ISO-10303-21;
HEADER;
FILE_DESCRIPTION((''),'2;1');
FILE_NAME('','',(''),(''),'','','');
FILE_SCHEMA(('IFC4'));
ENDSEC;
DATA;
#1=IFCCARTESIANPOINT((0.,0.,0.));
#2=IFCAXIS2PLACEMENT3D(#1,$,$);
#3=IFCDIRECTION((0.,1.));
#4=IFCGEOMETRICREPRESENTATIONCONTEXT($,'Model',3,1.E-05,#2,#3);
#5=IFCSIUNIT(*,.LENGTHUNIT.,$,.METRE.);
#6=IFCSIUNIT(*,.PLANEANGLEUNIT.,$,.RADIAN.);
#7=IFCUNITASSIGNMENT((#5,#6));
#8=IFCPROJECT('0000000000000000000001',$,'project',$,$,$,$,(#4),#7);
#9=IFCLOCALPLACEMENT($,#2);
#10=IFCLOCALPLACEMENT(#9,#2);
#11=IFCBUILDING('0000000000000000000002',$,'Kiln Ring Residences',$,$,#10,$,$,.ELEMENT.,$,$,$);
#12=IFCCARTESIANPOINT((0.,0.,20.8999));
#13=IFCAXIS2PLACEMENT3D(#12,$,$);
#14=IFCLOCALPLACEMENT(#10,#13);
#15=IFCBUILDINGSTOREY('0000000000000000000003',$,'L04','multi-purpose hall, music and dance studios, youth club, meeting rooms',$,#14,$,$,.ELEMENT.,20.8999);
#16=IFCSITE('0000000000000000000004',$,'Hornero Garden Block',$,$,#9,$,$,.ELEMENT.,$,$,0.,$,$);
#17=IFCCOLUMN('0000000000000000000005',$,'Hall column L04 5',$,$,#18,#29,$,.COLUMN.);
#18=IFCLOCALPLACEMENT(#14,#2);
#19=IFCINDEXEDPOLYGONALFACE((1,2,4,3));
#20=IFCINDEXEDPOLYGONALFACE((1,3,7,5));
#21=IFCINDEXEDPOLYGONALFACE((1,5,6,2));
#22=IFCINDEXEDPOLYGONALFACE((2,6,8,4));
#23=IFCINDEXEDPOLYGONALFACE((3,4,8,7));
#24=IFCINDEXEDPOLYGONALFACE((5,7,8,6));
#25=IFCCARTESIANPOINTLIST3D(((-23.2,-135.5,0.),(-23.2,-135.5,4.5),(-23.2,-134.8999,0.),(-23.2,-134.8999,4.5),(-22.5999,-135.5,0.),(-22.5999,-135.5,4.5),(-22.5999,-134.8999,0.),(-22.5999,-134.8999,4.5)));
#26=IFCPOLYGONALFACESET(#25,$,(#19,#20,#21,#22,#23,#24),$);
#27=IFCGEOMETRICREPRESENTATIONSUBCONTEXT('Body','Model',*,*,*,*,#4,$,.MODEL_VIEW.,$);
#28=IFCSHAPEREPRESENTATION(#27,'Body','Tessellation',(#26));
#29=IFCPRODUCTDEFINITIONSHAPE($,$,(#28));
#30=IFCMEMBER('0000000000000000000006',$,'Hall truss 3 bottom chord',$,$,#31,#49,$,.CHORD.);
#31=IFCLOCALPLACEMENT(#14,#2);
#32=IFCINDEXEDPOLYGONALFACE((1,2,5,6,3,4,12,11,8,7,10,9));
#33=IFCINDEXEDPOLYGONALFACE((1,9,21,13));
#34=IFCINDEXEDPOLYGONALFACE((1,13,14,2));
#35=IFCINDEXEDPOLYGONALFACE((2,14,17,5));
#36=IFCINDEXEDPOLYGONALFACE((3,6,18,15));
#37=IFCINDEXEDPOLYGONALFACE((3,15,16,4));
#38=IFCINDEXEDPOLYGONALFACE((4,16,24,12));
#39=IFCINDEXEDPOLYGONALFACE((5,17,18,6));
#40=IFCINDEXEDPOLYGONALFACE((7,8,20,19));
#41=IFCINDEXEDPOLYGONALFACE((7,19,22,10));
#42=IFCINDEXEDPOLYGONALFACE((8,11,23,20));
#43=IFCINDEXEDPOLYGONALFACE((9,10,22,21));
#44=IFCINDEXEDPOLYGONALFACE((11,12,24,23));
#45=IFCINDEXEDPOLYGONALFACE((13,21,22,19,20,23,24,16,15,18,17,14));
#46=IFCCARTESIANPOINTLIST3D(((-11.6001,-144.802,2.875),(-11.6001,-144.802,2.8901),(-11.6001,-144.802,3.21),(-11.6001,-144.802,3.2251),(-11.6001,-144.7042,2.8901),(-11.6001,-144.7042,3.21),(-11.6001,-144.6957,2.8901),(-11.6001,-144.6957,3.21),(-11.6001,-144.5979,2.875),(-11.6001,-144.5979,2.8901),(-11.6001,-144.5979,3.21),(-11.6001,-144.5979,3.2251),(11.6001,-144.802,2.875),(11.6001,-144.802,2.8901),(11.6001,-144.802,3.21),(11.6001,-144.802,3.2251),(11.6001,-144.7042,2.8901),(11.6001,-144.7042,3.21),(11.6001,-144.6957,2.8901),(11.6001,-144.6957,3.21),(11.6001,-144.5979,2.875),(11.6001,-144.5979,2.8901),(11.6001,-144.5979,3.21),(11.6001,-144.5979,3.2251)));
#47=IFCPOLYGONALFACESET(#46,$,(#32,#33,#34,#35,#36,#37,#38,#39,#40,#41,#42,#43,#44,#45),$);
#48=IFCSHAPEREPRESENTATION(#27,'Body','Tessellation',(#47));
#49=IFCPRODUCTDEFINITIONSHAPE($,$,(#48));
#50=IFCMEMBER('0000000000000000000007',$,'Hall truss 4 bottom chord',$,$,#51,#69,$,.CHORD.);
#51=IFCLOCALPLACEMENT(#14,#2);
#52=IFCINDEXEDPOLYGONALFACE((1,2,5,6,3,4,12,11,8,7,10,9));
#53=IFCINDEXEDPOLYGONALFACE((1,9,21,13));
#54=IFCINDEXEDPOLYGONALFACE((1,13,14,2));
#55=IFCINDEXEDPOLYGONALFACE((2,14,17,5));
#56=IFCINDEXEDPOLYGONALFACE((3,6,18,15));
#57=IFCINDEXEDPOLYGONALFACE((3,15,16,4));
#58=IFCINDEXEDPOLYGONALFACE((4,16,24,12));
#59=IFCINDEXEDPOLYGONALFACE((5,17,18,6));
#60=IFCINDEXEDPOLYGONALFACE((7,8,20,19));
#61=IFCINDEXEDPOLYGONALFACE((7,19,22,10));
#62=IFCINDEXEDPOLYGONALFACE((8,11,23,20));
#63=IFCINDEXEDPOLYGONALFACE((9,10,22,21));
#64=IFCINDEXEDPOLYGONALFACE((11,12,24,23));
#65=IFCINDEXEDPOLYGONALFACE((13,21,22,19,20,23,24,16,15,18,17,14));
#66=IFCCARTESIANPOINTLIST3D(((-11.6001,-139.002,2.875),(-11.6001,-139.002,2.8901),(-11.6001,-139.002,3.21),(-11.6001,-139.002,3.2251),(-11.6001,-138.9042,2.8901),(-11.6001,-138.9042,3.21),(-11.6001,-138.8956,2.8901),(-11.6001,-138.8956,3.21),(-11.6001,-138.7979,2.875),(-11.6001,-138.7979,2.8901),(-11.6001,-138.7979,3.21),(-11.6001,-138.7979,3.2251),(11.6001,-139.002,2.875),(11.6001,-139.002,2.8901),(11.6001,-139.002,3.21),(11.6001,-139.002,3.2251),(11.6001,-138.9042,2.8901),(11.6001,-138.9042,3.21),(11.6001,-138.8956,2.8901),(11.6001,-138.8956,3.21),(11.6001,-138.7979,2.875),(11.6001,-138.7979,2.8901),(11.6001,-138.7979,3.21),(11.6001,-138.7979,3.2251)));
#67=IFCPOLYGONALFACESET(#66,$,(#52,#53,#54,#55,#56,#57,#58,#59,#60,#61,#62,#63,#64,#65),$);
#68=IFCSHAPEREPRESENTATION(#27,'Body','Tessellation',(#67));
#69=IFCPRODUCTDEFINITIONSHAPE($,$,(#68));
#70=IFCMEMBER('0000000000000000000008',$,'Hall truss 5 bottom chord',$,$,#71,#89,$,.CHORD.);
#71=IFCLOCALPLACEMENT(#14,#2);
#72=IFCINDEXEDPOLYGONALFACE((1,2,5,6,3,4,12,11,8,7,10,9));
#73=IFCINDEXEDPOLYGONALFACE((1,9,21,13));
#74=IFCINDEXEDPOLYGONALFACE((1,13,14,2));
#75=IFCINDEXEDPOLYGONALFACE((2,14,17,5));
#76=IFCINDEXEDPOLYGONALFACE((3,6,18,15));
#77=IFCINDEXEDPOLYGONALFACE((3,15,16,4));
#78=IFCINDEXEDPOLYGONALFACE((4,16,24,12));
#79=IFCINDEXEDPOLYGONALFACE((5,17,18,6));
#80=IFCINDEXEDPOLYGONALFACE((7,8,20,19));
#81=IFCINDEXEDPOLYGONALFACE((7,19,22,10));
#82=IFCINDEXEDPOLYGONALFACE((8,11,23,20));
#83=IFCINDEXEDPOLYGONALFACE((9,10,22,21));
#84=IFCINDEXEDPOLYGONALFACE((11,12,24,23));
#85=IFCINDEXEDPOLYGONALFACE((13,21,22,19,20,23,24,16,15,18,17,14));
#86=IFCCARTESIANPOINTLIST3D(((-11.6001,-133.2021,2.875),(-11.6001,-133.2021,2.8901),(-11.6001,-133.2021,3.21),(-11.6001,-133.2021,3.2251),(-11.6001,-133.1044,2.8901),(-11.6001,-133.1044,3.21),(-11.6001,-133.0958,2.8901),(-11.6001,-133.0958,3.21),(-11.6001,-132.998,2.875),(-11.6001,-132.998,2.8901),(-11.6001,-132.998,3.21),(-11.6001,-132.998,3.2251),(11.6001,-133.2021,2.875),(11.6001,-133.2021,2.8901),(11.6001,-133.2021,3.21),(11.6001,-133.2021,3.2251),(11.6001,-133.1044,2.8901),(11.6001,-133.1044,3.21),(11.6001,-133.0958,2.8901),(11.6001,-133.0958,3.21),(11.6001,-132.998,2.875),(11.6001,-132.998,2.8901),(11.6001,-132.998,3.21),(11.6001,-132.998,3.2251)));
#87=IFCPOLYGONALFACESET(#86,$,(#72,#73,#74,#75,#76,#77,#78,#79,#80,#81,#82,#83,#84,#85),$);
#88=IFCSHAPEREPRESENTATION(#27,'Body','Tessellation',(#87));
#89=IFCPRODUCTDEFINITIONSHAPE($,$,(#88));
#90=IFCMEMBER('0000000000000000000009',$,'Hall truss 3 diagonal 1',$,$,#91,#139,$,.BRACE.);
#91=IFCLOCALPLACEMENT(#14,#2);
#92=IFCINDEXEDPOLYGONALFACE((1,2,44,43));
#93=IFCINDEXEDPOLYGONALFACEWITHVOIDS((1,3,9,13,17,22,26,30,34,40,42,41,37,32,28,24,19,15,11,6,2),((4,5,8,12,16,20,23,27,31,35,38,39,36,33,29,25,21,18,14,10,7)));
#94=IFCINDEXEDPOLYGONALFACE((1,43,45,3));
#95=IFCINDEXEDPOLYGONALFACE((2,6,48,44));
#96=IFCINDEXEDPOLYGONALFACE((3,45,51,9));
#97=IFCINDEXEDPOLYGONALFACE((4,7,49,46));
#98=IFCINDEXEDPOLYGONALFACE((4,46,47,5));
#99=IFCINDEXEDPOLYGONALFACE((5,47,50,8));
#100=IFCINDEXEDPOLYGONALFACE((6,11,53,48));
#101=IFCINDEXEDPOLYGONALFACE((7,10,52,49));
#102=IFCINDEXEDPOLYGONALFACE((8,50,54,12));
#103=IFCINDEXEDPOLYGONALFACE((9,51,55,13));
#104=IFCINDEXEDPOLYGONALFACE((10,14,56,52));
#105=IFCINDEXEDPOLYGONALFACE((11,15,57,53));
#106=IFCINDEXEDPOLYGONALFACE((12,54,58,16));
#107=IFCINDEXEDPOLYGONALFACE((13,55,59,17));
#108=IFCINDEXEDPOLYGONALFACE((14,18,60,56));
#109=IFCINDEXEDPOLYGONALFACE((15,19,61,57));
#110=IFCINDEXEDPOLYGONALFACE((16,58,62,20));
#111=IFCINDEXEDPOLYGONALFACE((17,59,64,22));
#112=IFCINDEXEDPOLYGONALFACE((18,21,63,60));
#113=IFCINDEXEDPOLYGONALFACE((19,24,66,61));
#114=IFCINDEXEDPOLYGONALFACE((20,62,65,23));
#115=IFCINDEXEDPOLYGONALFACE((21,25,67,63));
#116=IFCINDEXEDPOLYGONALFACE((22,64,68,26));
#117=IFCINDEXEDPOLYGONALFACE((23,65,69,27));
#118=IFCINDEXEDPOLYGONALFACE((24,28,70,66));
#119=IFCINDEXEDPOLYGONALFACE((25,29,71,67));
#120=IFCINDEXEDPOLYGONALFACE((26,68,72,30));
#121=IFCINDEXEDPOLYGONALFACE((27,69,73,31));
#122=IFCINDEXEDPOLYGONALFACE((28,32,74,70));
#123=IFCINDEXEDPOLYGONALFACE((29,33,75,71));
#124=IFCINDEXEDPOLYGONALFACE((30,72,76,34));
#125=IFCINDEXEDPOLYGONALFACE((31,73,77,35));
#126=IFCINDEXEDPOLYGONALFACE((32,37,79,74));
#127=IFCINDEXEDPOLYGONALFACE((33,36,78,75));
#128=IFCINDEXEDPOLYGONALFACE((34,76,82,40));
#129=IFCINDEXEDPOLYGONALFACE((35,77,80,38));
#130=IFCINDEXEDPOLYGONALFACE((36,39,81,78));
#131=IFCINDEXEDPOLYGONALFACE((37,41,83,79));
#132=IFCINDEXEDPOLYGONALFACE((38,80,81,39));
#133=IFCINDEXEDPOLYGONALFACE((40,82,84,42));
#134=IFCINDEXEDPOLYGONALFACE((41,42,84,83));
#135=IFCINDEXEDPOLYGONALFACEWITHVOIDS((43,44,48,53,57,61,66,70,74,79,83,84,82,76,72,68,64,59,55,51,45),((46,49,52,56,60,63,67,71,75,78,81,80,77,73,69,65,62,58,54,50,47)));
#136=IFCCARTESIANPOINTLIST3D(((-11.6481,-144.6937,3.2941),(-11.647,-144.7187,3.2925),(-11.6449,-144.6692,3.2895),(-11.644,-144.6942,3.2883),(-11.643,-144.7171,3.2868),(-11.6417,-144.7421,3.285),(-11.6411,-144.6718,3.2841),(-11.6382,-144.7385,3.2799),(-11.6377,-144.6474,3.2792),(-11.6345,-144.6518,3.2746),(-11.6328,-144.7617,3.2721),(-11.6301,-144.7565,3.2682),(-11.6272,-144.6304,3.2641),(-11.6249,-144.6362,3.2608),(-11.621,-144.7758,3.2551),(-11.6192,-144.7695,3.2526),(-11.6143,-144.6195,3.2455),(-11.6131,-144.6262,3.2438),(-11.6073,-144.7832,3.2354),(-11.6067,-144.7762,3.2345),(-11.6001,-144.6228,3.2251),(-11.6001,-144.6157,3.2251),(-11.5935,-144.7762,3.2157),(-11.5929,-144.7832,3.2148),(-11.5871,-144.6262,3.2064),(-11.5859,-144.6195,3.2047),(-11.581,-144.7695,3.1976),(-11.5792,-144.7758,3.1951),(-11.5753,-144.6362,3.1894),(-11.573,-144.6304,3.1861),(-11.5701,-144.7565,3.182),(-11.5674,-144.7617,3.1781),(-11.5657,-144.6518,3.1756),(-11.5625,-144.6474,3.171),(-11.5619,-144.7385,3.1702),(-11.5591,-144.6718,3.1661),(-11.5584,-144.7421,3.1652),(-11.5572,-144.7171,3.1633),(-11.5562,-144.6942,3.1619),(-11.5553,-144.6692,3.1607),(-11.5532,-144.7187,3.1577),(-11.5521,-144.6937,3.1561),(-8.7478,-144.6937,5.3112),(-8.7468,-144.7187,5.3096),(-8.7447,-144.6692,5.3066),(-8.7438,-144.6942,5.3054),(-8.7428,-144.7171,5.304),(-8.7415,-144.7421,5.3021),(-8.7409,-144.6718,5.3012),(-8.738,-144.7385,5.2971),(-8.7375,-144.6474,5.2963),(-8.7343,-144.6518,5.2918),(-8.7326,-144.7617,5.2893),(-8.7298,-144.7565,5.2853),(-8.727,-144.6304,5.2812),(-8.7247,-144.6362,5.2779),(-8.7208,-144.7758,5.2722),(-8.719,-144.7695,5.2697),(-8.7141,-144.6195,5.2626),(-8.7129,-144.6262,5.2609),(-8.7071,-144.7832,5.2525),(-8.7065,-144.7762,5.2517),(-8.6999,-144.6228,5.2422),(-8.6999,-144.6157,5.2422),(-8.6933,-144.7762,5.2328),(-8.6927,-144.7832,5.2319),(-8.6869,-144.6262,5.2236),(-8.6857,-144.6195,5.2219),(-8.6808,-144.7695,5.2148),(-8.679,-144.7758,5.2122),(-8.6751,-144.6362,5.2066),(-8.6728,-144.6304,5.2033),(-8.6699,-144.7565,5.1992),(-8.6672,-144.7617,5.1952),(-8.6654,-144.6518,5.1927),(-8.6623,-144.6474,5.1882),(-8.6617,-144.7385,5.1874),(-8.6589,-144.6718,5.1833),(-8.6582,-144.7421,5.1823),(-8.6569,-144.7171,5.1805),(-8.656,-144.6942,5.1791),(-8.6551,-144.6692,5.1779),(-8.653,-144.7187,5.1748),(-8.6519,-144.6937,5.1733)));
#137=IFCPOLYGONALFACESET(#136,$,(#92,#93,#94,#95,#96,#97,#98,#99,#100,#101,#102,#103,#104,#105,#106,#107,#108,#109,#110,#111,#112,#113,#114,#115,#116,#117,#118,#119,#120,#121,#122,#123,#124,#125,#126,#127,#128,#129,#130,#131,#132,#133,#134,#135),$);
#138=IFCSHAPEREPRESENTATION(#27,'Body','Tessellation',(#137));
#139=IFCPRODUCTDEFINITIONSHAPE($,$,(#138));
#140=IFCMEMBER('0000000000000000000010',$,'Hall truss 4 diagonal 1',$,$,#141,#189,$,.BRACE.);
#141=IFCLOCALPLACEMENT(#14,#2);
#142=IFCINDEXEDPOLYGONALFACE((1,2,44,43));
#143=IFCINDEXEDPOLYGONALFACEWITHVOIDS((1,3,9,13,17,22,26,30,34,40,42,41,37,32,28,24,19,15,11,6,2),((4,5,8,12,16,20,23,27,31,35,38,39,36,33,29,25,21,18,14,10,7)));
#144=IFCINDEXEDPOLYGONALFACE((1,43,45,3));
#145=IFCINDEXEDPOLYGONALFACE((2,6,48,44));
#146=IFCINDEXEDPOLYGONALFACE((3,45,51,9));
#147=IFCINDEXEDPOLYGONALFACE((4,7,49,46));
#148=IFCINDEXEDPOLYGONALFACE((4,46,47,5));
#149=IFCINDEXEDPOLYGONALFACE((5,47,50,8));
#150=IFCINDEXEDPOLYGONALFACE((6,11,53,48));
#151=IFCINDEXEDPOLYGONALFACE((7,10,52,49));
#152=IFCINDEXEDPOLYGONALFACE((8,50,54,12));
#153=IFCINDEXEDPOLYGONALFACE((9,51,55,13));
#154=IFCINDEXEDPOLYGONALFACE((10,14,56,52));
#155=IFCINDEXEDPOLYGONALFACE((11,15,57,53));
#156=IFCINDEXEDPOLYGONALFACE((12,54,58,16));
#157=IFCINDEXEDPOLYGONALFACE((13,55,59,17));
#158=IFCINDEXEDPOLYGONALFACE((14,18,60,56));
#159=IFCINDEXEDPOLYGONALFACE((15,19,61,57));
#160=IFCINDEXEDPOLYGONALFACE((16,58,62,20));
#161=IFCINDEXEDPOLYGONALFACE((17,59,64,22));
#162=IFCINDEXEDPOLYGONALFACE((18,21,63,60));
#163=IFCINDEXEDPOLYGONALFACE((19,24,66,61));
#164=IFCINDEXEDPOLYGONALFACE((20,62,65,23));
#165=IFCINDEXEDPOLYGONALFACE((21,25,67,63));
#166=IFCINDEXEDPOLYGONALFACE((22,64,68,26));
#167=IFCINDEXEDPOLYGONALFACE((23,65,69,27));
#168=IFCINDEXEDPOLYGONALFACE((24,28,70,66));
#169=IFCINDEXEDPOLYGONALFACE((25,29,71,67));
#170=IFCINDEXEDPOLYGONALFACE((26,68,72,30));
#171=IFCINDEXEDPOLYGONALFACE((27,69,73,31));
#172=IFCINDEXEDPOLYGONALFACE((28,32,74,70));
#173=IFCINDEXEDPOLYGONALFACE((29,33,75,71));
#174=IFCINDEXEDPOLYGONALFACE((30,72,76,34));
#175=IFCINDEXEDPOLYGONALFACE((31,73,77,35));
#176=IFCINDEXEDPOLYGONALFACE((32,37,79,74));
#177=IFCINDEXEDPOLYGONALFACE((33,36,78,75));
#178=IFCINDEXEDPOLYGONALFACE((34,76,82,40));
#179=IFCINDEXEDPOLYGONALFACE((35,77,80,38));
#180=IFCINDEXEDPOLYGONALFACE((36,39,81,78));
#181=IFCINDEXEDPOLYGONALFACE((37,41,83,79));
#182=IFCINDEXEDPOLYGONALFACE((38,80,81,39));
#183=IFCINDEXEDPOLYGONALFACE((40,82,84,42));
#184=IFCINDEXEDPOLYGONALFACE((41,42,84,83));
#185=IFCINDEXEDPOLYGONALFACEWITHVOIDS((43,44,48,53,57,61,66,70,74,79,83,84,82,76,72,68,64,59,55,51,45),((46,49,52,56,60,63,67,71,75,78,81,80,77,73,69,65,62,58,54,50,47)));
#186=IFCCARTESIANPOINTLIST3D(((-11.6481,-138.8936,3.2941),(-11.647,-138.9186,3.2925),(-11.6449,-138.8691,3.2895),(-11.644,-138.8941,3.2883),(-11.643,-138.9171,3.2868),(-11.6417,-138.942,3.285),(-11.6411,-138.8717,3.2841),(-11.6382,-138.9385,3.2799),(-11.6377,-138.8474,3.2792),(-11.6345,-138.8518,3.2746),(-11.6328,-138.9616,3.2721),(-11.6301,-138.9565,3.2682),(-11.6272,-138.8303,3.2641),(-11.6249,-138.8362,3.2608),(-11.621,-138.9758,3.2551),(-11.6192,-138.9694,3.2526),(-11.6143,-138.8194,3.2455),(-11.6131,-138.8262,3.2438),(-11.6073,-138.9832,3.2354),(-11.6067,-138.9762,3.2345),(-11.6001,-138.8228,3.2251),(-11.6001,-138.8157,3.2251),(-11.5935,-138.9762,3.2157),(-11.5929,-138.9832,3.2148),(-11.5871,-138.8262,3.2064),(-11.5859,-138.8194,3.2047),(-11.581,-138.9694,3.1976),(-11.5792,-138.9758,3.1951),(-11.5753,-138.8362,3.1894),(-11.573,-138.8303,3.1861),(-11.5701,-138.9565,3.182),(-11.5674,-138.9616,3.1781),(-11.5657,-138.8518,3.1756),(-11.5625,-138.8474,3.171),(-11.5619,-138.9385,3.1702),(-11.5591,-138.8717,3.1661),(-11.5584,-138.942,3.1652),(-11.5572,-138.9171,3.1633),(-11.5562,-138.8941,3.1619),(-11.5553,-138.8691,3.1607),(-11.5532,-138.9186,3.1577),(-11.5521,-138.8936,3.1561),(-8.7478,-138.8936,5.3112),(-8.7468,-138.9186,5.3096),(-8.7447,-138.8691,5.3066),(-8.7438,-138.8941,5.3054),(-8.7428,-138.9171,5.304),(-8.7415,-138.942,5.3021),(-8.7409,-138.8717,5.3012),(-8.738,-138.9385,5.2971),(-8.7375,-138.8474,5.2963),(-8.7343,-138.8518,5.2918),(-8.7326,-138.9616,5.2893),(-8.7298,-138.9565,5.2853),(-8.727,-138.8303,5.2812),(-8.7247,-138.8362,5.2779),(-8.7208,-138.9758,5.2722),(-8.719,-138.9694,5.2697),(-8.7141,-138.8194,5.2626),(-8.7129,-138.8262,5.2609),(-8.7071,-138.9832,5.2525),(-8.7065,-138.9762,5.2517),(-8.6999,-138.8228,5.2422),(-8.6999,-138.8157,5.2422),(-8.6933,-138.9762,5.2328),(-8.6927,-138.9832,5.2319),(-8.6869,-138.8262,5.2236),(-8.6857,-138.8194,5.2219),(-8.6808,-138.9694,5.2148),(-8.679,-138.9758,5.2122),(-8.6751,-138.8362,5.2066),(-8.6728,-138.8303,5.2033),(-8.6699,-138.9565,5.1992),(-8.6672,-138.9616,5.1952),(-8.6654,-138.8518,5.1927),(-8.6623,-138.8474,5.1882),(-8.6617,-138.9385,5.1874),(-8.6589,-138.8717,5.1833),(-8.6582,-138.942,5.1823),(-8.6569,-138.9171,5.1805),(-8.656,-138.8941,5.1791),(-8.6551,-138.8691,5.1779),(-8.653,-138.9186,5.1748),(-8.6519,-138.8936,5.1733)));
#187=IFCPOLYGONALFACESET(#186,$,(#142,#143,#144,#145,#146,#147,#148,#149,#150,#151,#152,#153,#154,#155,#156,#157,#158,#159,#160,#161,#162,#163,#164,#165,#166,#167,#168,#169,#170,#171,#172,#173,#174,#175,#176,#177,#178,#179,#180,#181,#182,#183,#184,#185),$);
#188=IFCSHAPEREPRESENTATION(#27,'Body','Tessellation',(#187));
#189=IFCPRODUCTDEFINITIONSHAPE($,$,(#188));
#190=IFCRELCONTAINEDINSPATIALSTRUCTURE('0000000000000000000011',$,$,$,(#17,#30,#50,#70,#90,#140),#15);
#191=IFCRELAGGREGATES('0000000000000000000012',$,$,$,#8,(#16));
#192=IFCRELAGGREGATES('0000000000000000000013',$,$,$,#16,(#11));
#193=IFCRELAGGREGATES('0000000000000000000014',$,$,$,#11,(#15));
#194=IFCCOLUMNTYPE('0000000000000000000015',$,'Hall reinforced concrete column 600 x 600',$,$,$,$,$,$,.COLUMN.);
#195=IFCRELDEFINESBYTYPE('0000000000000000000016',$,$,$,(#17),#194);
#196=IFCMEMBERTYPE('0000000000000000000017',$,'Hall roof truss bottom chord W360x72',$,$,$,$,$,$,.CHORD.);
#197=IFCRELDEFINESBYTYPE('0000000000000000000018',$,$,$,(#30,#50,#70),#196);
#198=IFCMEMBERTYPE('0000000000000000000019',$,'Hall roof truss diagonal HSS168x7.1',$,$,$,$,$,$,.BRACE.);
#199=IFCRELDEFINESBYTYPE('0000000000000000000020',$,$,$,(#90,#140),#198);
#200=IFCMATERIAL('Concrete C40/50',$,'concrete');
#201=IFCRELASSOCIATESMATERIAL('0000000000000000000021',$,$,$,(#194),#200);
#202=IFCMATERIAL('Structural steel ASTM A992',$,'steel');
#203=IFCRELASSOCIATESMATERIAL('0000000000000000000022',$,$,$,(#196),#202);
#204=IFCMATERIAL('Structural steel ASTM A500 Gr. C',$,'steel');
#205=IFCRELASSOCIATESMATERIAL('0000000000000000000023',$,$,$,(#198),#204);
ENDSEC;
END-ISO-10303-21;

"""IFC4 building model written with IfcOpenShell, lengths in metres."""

from ifc_helpers import new_model, si_unit, direction, frame, origin, origin_2d, place, context, subcontext, project, spatial, rectangle, hollow_circle, i_section, extrude, material, material_profile, profile_set, type_object, element, save


model = new_model("IFC4")

# Units and contexts
model_context = context("Model", 3, precision=1e-05, world=origin(), true_north=direction((0.0, 1.0)))
body_context = subcontext(model_context, "Body", "Model", "MODEL_VIEW")
ifc_project = project(units=[si_unit("LENGTHUNIT", "METRE"), si_unit("PLANEANGLEUNIT", "RADIAN")], contexts=[model_context])

# Site, building, storey
site_placement = place(None, origin())
site = spatial("IfcSite", under=ifc_project, at=site_placement, Name="Hornero Garden Block", CompositionType="ELEMENT", RefElevation=0.0)
building_placement = place(site_placement, origin())
building = spatial("IfcBuilding", under=site, at=building_placement, Name="Kiln Ring Residences", CompositionType="ELEMENT")
storey_placement = place(building_placement, frame((0.0, 0.0, 20.8999)))
storey = spatial("IfcBuildingStorey", under=building, at=storey_placement, Name="L04", Description="multi-purpose hall, music and dance studios, youth club, meeting rooms", CompositionType="ELEMENT", Elevation=20.8999)

# Column
ifc_material_1 = material(Name="Concrete C40/50", Category="concrete")
ifc_material_profile_1 = material_profile(ifc_material_1, rectangle(XDim=0.6001, YDim=0.6001, at=origin_2d()), Name="Hall reinforced concrete column 600 x 600")
ifc_profile_set_1 = profile_set([ifc_material_profile_1], Name="Concrete C40/50")
column_type = type_object("IfcColumnType", Name="Hall reinforced concrete column 600 x 600", PredefinedType="COLUMN", material=ifc_profile_set_1)
column_placement = place(storey_placement, frame((-22.8999, -135.2, 0.0), z_axis=(0.0, 0.0, 1.0), x_axis=(1.0, 0.0, 0.0)))
element("IfcColumn", 1, at=column_placement, inside=storey, type_object=column_type, Name="Hall column L04 5", PredefinedType="COLUMN", context=body_context, shape_type="SweptSolid", body=[
    extrude(rectangle(XDim=0.6001, YDim=0.6001, at=origin_2d()), origin(), (0.0, 0.0, 1.0), 4.5),
])

# Members
ifc_material_2 = material(Name="Structural steel ASTM A992", Category="steel")
ifc_material_profile_2 = material_profile(ifc_material_2, i_section(OverallWidth=0.2041, OverallDepth=0.3501, WebThickness=0.0085, FlangeThickness=0.0151, at=origin_2d()), Name="W360x72")
ifc_profile_set_2 = profile_set([ifc_material_profile_2], Name="Structural steel ASTM A992")
member_type_1 = type_object("IfcMemberType", Name="Hall roof truss bottom chord W360x72", PredefinedType="CHORD", material=ifc_profile_set_2)
for number, where, z_axis, x_axis, name in (
    (2, (-11.6001, -144.7, 3.05), (1.0, 0.0, 0.0), (0.0, 1.0, 0.0), "Hall truss 3 bottom chord"),
    (3, (-11.6001, -138.8999, 3.05), (1.0, 0.0, 0.0), (0.0, 1.0, 0.0), "Hall truss 4 bottom chord"),
    (4, (-11.6001, -133.1001, 3.05), (1.0, 0.0, 0.0), (0.0, 1.0, 0.0), "Hall truss 5 bottom chord"),
):
    element("IfcMember", number, at=place(storey_placement, frame(where, z_axis=z_axis, x_axis=x_axis)), inside=storey, type_object=member_type_1, Name=name, PredefinedType="CHORD", context=body_context, shape_type="SweptSolid", body=[
        extrude(i_section(OverallWidth=0.2041, OverallDepth=0.3501, WebThickness=0.0085, FlangeThickness=0.0151, at=origin_2d()), origin(), (0.0, 0.0, 1.0), 23.2002),
    ])
ifc_material_3 = material(Name="Structural steel ASTM A500 Gr. C", Category="steel")
ifc_material_profile_3 = material_profile(ifc_material_3, hollow_circle(Radius=0.0842, WallThickness=0.0071, at=origin_2d()), Name="HSS168x7.1")
ifc_profile_set_3 = profile_set([ifc_material_profile_3], Name="Structural steel ASTM A500 Gr. C")
member_type_2 = type_object("IfcMemberType", Name="Hall roof truss diagonal HSS168x7.1", PredefinedType="BRACE", material=ifc_profile_set_3)
for number, where, z_axis, x_axis, name in (
    (5, (-11.6001, -144.7, 3.2251), (0.820959, 0.0, 0.570988), (0.0, 1.0, 0.0), "Hall truss 3 diagonal 1"),
    (6, (-11.6001, -138.8999, 3.2251), (0.820959, 0.0, 0.570988), (0.0, 1.0, 0.0), "Hall truss 4 diagonal 1"),
):
    element("IfcMember", number, at=place(storey_placement, frame(where, z_axis=z_axis, x_axis=x_axis)), inside=storey, type_object=member_type_2, Name=name, PredefinedType="BRACE", context=body_context, shape_type="SweptSolid", body=[
        extrude(hollow_circle(Radius=0.0842, WallThickness=0.0071, at=origin_2d()), origin(), (0.0, 0.0, 1.0), 3.5327),
    ])

save(model, "model.ifc")
